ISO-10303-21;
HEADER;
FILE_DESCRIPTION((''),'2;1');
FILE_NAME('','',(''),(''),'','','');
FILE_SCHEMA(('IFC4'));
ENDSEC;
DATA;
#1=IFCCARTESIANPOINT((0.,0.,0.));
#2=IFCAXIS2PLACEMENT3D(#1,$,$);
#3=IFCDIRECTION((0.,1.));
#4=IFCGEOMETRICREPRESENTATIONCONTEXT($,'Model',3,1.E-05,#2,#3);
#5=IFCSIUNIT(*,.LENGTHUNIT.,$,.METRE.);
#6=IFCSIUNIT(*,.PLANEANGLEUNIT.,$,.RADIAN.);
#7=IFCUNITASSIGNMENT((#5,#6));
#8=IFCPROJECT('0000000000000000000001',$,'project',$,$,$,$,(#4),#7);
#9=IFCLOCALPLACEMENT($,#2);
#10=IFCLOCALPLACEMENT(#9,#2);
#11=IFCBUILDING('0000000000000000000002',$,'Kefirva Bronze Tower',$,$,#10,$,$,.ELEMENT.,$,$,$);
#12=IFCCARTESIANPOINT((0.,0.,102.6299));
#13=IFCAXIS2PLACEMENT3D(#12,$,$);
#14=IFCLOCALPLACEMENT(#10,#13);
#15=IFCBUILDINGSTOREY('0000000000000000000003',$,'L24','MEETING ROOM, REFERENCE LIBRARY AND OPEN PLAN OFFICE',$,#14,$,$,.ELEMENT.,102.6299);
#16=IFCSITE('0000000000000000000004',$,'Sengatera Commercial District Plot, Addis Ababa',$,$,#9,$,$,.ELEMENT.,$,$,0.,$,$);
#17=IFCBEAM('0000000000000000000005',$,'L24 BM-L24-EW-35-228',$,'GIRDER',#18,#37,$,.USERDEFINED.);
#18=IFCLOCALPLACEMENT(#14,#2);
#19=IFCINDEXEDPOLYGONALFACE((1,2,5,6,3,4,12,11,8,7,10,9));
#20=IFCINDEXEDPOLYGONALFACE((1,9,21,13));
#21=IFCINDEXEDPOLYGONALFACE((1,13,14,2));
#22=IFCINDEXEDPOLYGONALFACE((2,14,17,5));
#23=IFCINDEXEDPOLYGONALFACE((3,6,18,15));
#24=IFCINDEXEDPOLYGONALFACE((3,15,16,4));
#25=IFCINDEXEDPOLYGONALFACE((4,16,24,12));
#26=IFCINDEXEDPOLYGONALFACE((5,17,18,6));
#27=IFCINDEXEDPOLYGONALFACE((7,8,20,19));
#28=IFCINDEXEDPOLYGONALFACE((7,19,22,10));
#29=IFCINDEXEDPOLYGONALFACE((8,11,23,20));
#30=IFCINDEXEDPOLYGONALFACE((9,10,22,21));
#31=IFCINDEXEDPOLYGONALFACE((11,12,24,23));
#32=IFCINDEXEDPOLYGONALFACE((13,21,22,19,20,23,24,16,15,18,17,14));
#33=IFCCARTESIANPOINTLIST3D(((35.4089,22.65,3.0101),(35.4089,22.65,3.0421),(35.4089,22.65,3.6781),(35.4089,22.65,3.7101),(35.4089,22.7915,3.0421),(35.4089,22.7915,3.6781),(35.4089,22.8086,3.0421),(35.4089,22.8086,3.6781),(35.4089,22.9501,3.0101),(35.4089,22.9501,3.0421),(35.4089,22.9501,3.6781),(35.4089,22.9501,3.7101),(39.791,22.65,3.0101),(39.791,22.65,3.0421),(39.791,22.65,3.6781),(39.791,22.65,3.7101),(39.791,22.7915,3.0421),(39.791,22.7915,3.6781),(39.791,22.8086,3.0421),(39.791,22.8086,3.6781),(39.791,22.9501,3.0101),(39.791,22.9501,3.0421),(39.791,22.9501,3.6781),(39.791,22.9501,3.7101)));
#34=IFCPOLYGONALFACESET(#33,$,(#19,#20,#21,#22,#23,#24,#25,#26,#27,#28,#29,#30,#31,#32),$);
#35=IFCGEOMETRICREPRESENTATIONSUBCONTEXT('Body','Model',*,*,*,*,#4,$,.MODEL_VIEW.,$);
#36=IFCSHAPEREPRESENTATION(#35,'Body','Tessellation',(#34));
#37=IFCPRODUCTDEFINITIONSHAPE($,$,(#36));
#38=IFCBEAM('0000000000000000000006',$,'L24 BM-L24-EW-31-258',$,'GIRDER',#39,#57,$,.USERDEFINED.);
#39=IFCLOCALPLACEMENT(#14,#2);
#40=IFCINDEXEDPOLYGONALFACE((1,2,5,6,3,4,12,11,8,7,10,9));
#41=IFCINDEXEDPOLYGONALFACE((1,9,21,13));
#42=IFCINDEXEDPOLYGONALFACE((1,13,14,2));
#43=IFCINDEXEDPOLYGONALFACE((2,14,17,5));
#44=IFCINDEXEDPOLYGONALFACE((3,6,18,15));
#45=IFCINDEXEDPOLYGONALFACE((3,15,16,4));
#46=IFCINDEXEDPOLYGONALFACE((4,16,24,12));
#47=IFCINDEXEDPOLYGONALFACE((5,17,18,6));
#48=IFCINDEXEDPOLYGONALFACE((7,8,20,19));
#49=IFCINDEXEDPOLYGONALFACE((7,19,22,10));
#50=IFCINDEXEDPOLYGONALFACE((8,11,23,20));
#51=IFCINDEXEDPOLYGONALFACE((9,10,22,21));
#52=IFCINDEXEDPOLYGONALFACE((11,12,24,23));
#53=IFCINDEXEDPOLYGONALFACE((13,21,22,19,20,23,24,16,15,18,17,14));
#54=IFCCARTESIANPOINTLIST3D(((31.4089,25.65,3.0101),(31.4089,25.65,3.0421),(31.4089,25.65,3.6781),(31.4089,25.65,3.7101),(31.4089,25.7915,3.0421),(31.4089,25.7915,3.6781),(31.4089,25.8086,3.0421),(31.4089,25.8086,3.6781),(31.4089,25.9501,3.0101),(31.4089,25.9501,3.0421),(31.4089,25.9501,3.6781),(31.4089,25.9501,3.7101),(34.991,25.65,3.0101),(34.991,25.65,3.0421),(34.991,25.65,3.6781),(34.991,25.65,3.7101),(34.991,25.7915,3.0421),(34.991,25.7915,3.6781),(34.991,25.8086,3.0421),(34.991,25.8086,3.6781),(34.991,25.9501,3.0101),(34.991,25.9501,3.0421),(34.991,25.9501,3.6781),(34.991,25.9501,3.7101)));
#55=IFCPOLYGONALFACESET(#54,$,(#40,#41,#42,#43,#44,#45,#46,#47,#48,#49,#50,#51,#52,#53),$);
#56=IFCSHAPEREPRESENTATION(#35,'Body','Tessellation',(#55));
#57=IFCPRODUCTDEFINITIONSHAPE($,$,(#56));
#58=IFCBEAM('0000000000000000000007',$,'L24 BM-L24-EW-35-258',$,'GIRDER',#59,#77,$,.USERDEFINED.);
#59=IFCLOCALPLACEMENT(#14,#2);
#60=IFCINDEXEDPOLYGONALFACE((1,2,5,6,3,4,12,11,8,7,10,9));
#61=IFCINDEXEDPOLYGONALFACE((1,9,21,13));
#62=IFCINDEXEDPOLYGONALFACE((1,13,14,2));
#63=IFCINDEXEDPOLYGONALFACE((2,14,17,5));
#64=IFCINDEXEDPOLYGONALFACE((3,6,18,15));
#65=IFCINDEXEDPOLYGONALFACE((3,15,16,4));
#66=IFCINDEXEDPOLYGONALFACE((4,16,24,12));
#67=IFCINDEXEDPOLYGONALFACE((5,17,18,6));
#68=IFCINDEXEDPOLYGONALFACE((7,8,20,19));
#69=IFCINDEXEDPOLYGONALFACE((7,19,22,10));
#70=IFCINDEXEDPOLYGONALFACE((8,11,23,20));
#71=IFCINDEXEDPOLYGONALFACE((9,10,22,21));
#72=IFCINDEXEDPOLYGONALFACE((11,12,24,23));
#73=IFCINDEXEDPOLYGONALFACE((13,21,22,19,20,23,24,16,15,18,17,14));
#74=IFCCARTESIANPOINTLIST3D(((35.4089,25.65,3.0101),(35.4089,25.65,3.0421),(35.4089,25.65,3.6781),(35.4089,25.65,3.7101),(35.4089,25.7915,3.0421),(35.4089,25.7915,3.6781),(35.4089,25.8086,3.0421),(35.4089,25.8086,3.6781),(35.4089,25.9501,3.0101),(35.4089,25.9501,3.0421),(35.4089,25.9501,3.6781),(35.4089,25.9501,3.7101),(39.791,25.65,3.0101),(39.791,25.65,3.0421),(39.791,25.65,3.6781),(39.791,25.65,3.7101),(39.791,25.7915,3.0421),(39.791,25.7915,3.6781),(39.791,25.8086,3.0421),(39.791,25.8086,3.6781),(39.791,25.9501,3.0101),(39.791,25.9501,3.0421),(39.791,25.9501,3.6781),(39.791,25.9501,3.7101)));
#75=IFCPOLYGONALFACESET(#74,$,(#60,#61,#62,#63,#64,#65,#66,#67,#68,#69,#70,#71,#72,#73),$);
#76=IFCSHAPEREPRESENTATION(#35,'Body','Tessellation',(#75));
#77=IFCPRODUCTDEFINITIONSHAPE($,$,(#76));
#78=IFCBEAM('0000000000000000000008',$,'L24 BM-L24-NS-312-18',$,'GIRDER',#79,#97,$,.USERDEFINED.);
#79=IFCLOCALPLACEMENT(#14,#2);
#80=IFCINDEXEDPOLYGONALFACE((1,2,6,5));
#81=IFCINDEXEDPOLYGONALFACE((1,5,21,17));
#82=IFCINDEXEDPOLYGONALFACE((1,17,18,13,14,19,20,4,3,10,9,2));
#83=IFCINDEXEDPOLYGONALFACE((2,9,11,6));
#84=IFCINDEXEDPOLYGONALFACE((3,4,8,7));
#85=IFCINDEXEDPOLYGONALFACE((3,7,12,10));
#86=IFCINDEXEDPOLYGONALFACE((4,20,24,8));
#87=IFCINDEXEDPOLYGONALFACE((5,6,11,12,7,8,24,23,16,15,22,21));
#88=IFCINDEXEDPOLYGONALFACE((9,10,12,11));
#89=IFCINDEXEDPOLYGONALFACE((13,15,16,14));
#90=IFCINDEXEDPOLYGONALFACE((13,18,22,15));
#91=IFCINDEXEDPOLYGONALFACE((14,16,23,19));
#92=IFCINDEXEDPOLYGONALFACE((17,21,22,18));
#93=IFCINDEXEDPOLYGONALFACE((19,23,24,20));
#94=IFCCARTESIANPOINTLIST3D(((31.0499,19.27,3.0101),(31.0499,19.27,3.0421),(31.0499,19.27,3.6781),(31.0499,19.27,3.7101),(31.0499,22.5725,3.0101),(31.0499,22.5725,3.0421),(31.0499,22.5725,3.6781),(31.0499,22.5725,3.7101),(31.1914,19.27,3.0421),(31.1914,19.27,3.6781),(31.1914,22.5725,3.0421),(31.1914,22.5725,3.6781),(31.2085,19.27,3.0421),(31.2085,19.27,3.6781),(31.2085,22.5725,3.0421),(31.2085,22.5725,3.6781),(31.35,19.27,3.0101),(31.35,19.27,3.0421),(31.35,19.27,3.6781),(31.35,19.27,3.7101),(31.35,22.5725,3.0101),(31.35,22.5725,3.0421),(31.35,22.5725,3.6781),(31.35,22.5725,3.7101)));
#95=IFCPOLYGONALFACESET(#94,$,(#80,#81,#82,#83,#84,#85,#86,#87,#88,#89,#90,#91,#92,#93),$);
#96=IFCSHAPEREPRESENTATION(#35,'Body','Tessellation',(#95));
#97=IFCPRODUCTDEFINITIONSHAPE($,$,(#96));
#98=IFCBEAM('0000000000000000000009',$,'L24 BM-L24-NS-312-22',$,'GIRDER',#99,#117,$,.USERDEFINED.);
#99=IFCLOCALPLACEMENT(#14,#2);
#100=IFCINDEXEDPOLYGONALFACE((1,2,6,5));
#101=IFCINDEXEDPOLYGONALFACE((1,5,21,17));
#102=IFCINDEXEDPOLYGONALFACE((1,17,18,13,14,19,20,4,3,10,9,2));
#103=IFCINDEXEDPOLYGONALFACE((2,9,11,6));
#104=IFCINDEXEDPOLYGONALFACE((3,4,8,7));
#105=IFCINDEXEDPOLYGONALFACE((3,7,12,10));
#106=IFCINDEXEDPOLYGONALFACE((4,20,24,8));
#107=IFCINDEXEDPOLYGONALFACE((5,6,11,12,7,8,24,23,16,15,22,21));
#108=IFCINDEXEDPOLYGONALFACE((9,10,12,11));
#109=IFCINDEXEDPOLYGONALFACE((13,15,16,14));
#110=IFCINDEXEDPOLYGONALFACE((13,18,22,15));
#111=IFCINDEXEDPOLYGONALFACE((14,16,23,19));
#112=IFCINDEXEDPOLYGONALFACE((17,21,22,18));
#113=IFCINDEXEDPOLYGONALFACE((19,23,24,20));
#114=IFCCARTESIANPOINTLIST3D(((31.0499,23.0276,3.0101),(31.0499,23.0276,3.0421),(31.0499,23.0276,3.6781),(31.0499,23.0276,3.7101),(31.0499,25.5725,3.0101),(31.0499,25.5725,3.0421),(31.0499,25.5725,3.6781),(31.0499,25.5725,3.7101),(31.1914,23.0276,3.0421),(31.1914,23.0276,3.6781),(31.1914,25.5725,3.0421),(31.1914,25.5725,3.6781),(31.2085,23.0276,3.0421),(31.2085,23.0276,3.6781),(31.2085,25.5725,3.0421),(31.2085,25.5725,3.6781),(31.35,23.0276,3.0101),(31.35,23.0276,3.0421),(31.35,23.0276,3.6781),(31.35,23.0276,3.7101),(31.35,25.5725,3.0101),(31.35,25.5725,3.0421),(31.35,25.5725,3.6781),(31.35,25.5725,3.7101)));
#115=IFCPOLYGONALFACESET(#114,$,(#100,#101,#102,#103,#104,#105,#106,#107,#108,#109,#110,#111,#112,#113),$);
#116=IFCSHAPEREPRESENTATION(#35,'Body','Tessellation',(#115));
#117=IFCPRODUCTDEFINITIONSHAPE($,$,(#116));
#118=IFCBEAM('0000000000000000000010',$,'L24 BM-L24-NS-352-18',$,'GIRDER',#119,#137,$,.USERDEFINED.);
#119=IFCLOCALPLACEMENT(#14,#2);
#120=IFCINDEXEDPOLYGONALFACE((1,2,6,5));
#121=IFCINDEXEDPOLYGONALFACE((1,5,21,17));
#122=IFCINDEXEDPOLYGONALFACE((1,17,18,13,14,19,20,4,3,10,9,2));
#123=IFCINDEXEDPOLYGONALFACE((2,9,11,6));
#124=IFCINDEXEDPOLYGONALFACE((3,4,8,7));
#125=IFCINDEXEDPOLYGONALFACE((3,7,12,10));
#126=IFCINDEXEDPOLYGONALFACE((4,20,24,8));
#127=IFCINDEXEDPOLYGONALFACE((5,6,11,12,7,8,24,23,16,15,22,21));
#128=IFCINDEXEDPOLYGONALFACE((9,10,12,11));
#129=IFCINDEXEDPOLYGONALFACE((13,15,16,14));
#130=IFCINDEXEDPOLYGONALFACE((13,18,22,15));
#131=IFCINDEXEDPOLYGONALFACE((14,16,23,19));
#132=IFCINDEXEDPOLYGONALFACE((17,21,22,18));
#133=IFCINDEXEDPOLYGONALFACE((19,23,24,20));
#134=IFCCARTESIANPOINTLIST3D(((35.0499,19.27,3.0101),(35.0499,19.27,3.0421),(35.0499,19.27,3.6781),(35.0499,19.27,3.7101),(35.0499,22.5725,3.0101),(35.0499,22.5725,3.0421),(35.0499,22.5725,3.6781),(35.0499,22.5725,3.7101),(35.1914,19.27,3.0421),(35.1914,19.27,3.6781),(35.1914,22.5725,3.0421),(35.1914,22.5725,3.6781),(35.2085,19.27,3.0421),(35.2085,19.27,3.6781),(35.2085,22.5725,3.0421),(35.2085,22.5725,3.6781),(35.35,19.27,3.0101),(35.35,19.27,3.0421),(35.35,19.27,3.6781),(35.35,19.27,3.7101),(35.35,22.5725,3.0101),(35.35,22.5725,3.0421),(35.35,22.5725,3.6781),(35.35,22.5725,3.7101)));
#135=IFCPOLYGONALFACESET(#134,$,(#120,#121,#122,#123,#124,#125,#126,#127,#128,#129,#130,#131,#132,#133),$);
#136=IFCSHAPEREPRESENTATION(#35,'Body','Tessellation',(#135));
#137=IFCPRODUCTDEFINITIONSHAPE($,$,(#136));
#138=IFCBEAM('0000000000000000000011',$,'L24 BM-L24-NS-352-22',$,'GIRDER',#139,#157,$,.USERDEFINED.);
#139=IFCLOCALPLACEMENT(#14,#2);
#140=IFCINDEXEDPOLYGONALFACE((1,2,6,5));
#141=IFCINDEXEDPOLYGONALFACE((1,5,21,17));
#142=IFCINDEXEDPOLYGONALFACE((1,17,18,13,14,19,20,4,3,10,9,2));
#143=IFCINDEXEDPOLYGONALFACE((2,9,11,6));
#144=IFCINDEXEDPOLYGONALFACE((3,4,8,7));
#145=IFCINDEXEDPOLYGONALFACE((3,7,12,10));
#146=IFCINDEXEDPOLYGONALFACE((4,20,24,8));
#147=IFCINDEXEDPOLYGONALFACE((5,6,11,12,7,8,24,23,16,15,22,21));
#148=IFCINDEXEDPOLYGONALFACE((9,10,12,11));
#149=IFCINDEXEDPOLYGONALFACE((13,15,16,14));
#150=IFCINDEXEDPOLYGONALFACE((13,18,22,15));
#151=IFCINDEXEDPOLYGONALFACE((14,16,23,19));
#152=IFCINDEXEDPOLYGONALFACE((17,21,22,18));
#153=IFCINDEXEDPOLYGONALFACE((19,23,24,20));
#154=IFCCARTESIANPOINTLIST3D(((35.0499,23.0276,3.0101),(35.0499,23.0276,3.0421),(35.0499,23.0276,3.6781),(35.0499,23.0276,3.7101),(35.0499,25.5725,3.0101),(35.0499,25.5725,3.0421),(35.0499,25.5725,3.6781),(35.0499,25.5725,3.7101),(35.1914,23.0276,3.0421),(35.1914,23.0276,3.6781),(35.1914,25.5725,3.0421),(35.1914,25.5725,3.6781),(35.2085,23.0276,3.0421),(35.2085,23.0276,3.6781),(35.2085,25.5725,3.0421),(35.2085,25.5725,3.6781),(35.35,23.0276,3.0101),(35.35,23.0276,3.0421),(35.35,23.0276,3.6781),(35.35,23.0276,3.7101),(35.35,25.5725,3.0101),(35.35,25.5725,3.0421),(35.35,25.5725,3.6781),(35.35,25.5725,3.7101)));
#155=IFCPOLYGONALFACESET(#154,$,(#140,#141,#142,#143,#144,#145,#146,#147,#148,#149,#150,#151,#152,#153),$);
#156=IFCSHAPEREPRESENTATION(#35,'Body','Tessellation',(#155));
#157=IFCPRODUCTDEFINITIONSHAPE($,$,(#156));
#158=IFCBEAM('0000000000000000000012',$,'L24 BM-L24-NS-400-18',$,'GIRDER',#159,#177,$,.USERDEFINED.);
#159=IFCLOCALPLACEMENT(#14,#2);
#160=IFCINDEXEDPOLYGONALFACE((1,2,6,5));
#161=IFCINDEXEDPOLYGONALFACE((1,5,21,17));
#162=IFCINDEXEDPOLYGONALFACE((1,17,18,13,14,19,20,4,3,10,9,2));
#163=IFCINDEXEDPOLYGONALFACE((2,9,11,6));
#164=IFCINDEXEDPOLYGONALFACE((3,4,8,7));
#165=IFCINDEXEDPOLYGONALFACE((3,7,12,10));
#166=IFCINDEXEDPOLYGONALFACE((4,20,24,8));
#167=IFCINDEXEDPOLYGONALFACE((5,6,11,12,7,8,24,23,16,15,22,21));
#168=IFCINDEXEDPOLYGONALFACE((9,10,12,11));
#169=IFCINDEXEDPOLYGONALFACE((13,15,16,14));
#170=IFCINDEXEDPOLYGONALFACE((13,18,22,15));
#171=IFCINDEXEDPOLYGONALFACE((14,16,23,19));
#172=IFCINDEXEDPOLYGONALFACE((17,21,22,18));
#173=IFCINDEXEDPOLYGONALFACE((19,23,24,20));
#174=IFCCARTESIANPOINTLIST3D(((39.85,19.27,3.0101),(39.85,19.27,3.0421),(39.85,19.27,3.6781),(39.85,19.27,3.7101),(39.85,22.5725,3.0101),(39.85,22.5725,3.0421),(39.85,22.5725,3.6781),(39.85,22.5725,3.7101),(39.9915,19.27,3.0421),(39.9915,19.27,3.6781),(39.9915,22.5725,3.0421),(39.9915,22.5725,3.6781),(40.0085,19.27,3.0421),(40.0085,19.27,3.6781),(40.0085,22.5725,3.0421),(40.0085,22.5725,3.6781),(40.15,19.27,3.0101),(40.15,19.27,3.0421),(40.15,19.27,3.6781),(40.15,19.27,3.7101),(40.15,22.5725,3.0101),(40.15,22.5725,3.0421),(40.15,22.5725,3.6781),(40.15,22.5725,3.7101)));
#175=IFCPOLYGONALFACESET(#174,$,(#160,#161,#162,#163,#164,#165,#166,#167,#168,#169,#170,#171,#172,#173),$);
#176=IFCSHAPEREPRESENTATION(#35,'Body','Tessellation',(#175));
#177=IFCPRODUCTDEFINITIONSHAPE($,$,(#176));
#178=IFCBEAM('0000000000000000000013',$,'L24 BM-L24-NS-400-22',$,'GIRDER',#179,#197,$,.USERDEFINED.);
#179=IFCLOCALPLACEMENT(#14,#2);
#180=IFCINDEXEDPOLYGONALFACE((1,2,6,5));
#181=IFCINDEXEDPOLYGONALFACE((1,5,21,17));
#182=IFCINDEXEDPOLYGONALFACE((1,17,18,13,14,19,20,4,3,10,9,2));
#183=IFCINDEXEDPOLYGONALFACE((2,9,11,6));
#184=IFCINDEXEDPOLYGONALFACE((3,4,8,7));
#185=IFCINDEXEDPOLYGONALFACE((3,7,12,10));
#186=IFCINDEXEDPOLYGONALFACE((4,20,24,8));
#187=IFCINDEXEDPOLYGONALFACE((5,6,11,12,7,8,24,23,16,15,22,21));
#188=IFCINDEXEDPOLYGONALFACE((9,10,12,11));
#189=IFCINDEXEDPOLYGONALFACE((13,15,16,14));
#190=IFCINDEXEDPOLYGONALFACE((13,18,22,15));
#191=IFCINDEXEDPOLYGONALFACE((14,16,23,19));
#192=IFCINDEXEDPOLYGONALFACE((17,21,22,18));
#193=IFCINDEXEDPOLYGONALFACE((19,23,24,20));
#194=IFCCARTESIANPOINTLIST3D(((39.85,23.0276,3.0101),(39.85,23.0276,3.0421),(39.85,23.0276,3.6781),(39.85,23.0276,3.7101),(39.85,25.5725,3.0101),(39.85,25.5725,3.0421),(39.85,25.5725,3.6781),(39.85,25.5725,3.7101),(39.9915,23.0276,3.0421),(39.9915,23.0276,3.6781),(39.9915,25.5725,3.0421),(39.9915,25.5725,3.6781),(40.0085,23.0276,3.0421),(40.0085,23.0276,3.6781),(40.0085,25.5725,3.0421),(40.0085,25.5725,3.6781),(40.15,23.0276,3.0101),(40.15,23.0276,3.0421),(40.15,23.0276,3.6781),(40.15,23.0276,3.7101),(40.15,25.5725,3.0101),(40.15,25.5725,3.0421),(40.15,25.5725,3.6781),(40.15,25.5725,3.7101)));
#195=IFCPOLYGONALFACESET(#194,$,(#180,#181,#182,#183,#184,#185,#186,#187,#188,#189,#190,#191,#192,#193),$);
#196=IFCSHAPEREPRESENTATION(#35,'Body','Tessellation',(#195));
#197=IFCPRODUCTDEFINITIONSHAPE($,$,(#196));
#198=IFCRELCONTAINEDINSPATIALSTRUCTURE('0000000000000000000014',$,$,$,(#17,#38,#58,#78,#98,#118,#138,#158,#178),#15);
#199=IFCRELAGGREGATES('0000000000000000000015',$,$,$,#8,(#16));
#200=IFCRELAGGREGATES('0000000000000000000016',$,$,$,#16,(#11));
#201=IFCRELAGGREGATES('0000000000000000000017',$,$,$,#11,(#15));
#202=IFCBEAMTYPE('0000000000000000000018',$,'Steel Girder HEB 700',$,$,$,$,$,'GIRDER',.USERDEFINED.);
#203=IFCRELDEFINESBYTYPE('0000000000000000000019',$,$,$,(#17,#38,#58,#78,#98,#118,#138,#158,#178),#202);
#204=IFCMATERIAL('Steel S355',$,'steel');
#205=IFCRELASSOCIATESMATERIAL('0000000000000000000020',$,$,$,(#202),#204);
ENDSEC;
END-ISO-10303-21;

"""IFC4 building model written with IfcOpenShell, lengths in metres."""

from ifc_helpers import new_model, si_unit, direction, frame, origin, origin_2d, place, context, subcontext, project, spatial, i_section, extrude, material, material_profile, profile_set, type_object, element, save


model = new_model("IFC4")

# Units and contexts
model_context = context("Model", 3, precision=1e-05, world=origin(), true_north=direction((0.0, 1.0)))
body_context = subcontext(model_context, "Body", "Model", "MODEL_VIEW")
ifc_project = project(units=[si_unit("LENGTHUNIT", "METRE"), si_unit("PLANEANGLEUNIT", "RADIAN")], contexts=[model_context])

# Site, building, storey
site_placement = place(None, origin())
site = spatial("IfcSite", under=ifc_project, at=site_placement, Name="Sengatera Commercial District Plot, Addis Ababa", CompositionType="ELEMENT", RefElevation=0.0)
building_placement = place(site_placement, origin())
building = spatial("IfcBuilding", under=site, at=building_placement, Name="Kefirva Bronze Tower", CompositionType="ELEMENT")
storey_placement = place(building_placement, frame((0.0, 0.0, 102.6299)))
storey = spatial("IfcBuildingStorey", under=building, at=storey_placement, Name="L24", Description="MEETING ROOM, REFERENCE LIBRARY AND OPEN PLAN OFFICE", CompositionType="ELEMENT", Elevation=102.6299)

# Beams
ifc_material_1 = material(Name="Steel S355", Category="steel")
ifc_material_profile_1 = material_profile(ifc_material_1, i_section(OverallWidth=0.3, OverallDepth=0.7, WebThickness=0.0171, FlangeThickness=0.032, at=origin_2d()), Name="HEB 700")
ifc_profile_set_1 = profile_set([ifc_material_profile_1], Name="Steel S355")
beam_type_1 = type_object("IfcBeamType", Name="Steel Girder HEB 700", ElementType="GIRDER", PredefinedType="USERDEFINED", material=ifc_profile_set_1)
beam_1_placement = place(storey_placement, frame((35.4089, 22.8, 3.3601), z_axis=(1.0, 0.0, 0.0), x_axis=(0.0, 1.0, 0.0)))
element("IfcBeam", 1, at=beam_1_placement, inside=storey, type_object=beam_type_1, Name="L24 BM-L24-EW-35-228", ObjectType="GIRDER", PredefinedType="USERDEFINED", context=body_context, shape_type="SweptSolid", body=[
    extrude(i_section(OverallWidth=0.3, OverallDepth=0.7, WebThickness=0.0171, FlangeThickness=0.032, at=origin_2d()), origin(), (0.0, 0.0, 1.0), 4.3821),
])
beam_2_placement = place(storey_placement, frame((31.4089, 25.8, 3.3601), z_axis=(1.0, 0.0, 0.0), x_axis=(0.0, 1.0, 0.0)))
element("IfcBeam", 2, at=beam_2_placement, inside=storey, type_object=beam_type_1, Name="L24 BM-L24-EW-31-258", ObjectType="GIRDER", PredefinedType="USERDEFINED", context=body_context, shape_type="SweptSolid", body=[
    extrude(i_section(OverallWidth=0.3, OverallDepth=0.7, WebThickness=0.0171, FlangeThickness=0.032, at=origin_2d()), origin(), (0.0, 0.0, 1.0), 3.582),
])
beam_3_placement = place(storey_placement, frame((35.4089, 25.8, 3.3601), z_axis=(1.0, 0.0, 0.0), x_axis=(0.0, 1.0, 0.0)))
element("IfcBeam", 3, at=beam_3_placement, inside=storey, type_object=beam_type_1, Name="L24 BM-L24-EW-35-258", ObjectType="GIRDER", PredefinedType="USERDEFINED", context=body_context, shape_type="SweptSolid", body=[
    extrude(i_section(OverallWidth=0.3, OverallDepth=0.7, WebThickness=0.0171, FlangeThickness=0.032, at=origin_2d()), origin(), (0.0, 0.0, 1.0), 4.3821),
])
beam_4_placement = place(storey_placement, frame((31.2, 19.27, 3.3601), z_axis=(0.0, 1.0, 0.0), x_axis=(-1.0, 0.0, 0.0)))
element("IfcBeam", 4, at=beam_4_placement, inside=storey, type_object=beam_type_1, Name="L24 BM-L24-NS-312-18", ObjectType="GIRDER", PredefinedType="USERDEFINED", context=body_context, shape_type="SweptSolid", body=[
    extrude(i_section(OverallWidth=0.3, OverallDepth=0.7, WebThickness=0.0171, FlangeThickness=0.032, at=origin_2d()), origin(), (0.0, 0.0, 1.0), 3.3025),
])
beam_5_placement = place(storey_placement, frame((31.2, 23.0276, 3.3601), z_axis=(0.0, 1.0, 0.0), x_axis=(-1.0, 0.0, 0.0)))
element("IfcBeam", 5, at=beam_5_placement, inside=storey, type_object=beam_type_1, Name="L24 BM-L24-NS-312-22", ObjectType="GIRDER", PredefinedType="USERDEFINED", context=body_context, shape_type="SweptSolid", body=[
    extrude(i_section(OverallWidth=0.3, OverallDepth=0.7, WebThickness=0.0171, FlangeThickness=0.032, at=origin_2d()), origin(), (0.0, 0.0, 1.0), 2.5449),
])
beam_6_placement = place(storey_placement, frame((35.2, 19.27, 3.3601), z_axis=(0.0, 1.0, 0.0), x_axis=(-1.0, 0.0, 0.0)))
element("IfcBeam", 6, at=beam_6_placement, inside=storey, type_object=beam_type_1, Name="L24 BM-L24-NS-352-18", ObjectType="GIRDER", PredefinedType="USERDEFINED", context=body_context, shape_type="SweptSolid", body=[
    extrude(i_section(OverallWidth=0.3, OverallDepth=0.7, WebThickness=0.0171, FlangeThickness=0.032, at=origin_2d()), origin(), (0.0, 0.0, 1.0), 3.3025),
])
beam_7_placement = place(storey_placement, frame((35.2, 23.0276, 3.3601), z_axis=(0.0, 1.0, 0.0), x_axis=(-1.0, 0.0, 0.0)))
element("IfcBeam", 7, at=beam_7_placement, inside=storey, type_object=beam_type_1, Name="L24 BM-L24-NS-352-22", ObjectType="GIRDER", PredefinedType="USERDEFINED", context=body_context, shape_type="SweptSolid", body=[
    extrude(i_section(OverallWidth=0.3, OverallDepth=0.7, WebThickness=0.0171, FlangeThickness=0.032, at=origin_2d()), origin(), (0.0, 0.0, 1.0), 2.5449),
])
beam_8_placement = place(storey_placement, frame((40.0, 19.27, 3.3601), z_axis=(0.0, 1.0, 0.0), x_axis=(-1.0, 0.0, 0.0)))
element("IfcBeam", 8, at=beam_8_placement, inside=storey, type_object=beam_type_1, Name="L24 BM-L24-NS-400-18", ObjectType="GIRDER", PredefinedType="USERDEFINED", context=body_context, shape_type="SweptSolid", body=[
    extrude(i_section(OverallWidth=0.3, OverallDepth=0.7, WebThickness=0.0171, FlangeThickness=0.032, at=origin_2d()), origin(), (0.0, 0.0, 1.0), 3.3025),
])
beam_9_placement = place(storey_placement, frame((40.0, 23.0276, 3.3601), z_axis=(0.0, 1.0, 0.0), x_axis=(-1.0, 0.0, 0.0)))
element("IfcBeam", 9, at=beam_9_placement, inside=storey, type_object=beam_type_1, Name="L24 BM-L24-NS-400-22", ObjectType="GIRDER", PredefinedType="USERDEFINED", context=body_context, shape_type="SweptSolid", body=[
    extrude(i_section(OverallWidth=0.3, OverallDepth=0.7, WebThickness=0.0171, FlangeThickness=0.032, at=origin_2d()), origin(), (0.0, 0.0, 1.0), 2.5449),
])

save(model, "model.ifc")
